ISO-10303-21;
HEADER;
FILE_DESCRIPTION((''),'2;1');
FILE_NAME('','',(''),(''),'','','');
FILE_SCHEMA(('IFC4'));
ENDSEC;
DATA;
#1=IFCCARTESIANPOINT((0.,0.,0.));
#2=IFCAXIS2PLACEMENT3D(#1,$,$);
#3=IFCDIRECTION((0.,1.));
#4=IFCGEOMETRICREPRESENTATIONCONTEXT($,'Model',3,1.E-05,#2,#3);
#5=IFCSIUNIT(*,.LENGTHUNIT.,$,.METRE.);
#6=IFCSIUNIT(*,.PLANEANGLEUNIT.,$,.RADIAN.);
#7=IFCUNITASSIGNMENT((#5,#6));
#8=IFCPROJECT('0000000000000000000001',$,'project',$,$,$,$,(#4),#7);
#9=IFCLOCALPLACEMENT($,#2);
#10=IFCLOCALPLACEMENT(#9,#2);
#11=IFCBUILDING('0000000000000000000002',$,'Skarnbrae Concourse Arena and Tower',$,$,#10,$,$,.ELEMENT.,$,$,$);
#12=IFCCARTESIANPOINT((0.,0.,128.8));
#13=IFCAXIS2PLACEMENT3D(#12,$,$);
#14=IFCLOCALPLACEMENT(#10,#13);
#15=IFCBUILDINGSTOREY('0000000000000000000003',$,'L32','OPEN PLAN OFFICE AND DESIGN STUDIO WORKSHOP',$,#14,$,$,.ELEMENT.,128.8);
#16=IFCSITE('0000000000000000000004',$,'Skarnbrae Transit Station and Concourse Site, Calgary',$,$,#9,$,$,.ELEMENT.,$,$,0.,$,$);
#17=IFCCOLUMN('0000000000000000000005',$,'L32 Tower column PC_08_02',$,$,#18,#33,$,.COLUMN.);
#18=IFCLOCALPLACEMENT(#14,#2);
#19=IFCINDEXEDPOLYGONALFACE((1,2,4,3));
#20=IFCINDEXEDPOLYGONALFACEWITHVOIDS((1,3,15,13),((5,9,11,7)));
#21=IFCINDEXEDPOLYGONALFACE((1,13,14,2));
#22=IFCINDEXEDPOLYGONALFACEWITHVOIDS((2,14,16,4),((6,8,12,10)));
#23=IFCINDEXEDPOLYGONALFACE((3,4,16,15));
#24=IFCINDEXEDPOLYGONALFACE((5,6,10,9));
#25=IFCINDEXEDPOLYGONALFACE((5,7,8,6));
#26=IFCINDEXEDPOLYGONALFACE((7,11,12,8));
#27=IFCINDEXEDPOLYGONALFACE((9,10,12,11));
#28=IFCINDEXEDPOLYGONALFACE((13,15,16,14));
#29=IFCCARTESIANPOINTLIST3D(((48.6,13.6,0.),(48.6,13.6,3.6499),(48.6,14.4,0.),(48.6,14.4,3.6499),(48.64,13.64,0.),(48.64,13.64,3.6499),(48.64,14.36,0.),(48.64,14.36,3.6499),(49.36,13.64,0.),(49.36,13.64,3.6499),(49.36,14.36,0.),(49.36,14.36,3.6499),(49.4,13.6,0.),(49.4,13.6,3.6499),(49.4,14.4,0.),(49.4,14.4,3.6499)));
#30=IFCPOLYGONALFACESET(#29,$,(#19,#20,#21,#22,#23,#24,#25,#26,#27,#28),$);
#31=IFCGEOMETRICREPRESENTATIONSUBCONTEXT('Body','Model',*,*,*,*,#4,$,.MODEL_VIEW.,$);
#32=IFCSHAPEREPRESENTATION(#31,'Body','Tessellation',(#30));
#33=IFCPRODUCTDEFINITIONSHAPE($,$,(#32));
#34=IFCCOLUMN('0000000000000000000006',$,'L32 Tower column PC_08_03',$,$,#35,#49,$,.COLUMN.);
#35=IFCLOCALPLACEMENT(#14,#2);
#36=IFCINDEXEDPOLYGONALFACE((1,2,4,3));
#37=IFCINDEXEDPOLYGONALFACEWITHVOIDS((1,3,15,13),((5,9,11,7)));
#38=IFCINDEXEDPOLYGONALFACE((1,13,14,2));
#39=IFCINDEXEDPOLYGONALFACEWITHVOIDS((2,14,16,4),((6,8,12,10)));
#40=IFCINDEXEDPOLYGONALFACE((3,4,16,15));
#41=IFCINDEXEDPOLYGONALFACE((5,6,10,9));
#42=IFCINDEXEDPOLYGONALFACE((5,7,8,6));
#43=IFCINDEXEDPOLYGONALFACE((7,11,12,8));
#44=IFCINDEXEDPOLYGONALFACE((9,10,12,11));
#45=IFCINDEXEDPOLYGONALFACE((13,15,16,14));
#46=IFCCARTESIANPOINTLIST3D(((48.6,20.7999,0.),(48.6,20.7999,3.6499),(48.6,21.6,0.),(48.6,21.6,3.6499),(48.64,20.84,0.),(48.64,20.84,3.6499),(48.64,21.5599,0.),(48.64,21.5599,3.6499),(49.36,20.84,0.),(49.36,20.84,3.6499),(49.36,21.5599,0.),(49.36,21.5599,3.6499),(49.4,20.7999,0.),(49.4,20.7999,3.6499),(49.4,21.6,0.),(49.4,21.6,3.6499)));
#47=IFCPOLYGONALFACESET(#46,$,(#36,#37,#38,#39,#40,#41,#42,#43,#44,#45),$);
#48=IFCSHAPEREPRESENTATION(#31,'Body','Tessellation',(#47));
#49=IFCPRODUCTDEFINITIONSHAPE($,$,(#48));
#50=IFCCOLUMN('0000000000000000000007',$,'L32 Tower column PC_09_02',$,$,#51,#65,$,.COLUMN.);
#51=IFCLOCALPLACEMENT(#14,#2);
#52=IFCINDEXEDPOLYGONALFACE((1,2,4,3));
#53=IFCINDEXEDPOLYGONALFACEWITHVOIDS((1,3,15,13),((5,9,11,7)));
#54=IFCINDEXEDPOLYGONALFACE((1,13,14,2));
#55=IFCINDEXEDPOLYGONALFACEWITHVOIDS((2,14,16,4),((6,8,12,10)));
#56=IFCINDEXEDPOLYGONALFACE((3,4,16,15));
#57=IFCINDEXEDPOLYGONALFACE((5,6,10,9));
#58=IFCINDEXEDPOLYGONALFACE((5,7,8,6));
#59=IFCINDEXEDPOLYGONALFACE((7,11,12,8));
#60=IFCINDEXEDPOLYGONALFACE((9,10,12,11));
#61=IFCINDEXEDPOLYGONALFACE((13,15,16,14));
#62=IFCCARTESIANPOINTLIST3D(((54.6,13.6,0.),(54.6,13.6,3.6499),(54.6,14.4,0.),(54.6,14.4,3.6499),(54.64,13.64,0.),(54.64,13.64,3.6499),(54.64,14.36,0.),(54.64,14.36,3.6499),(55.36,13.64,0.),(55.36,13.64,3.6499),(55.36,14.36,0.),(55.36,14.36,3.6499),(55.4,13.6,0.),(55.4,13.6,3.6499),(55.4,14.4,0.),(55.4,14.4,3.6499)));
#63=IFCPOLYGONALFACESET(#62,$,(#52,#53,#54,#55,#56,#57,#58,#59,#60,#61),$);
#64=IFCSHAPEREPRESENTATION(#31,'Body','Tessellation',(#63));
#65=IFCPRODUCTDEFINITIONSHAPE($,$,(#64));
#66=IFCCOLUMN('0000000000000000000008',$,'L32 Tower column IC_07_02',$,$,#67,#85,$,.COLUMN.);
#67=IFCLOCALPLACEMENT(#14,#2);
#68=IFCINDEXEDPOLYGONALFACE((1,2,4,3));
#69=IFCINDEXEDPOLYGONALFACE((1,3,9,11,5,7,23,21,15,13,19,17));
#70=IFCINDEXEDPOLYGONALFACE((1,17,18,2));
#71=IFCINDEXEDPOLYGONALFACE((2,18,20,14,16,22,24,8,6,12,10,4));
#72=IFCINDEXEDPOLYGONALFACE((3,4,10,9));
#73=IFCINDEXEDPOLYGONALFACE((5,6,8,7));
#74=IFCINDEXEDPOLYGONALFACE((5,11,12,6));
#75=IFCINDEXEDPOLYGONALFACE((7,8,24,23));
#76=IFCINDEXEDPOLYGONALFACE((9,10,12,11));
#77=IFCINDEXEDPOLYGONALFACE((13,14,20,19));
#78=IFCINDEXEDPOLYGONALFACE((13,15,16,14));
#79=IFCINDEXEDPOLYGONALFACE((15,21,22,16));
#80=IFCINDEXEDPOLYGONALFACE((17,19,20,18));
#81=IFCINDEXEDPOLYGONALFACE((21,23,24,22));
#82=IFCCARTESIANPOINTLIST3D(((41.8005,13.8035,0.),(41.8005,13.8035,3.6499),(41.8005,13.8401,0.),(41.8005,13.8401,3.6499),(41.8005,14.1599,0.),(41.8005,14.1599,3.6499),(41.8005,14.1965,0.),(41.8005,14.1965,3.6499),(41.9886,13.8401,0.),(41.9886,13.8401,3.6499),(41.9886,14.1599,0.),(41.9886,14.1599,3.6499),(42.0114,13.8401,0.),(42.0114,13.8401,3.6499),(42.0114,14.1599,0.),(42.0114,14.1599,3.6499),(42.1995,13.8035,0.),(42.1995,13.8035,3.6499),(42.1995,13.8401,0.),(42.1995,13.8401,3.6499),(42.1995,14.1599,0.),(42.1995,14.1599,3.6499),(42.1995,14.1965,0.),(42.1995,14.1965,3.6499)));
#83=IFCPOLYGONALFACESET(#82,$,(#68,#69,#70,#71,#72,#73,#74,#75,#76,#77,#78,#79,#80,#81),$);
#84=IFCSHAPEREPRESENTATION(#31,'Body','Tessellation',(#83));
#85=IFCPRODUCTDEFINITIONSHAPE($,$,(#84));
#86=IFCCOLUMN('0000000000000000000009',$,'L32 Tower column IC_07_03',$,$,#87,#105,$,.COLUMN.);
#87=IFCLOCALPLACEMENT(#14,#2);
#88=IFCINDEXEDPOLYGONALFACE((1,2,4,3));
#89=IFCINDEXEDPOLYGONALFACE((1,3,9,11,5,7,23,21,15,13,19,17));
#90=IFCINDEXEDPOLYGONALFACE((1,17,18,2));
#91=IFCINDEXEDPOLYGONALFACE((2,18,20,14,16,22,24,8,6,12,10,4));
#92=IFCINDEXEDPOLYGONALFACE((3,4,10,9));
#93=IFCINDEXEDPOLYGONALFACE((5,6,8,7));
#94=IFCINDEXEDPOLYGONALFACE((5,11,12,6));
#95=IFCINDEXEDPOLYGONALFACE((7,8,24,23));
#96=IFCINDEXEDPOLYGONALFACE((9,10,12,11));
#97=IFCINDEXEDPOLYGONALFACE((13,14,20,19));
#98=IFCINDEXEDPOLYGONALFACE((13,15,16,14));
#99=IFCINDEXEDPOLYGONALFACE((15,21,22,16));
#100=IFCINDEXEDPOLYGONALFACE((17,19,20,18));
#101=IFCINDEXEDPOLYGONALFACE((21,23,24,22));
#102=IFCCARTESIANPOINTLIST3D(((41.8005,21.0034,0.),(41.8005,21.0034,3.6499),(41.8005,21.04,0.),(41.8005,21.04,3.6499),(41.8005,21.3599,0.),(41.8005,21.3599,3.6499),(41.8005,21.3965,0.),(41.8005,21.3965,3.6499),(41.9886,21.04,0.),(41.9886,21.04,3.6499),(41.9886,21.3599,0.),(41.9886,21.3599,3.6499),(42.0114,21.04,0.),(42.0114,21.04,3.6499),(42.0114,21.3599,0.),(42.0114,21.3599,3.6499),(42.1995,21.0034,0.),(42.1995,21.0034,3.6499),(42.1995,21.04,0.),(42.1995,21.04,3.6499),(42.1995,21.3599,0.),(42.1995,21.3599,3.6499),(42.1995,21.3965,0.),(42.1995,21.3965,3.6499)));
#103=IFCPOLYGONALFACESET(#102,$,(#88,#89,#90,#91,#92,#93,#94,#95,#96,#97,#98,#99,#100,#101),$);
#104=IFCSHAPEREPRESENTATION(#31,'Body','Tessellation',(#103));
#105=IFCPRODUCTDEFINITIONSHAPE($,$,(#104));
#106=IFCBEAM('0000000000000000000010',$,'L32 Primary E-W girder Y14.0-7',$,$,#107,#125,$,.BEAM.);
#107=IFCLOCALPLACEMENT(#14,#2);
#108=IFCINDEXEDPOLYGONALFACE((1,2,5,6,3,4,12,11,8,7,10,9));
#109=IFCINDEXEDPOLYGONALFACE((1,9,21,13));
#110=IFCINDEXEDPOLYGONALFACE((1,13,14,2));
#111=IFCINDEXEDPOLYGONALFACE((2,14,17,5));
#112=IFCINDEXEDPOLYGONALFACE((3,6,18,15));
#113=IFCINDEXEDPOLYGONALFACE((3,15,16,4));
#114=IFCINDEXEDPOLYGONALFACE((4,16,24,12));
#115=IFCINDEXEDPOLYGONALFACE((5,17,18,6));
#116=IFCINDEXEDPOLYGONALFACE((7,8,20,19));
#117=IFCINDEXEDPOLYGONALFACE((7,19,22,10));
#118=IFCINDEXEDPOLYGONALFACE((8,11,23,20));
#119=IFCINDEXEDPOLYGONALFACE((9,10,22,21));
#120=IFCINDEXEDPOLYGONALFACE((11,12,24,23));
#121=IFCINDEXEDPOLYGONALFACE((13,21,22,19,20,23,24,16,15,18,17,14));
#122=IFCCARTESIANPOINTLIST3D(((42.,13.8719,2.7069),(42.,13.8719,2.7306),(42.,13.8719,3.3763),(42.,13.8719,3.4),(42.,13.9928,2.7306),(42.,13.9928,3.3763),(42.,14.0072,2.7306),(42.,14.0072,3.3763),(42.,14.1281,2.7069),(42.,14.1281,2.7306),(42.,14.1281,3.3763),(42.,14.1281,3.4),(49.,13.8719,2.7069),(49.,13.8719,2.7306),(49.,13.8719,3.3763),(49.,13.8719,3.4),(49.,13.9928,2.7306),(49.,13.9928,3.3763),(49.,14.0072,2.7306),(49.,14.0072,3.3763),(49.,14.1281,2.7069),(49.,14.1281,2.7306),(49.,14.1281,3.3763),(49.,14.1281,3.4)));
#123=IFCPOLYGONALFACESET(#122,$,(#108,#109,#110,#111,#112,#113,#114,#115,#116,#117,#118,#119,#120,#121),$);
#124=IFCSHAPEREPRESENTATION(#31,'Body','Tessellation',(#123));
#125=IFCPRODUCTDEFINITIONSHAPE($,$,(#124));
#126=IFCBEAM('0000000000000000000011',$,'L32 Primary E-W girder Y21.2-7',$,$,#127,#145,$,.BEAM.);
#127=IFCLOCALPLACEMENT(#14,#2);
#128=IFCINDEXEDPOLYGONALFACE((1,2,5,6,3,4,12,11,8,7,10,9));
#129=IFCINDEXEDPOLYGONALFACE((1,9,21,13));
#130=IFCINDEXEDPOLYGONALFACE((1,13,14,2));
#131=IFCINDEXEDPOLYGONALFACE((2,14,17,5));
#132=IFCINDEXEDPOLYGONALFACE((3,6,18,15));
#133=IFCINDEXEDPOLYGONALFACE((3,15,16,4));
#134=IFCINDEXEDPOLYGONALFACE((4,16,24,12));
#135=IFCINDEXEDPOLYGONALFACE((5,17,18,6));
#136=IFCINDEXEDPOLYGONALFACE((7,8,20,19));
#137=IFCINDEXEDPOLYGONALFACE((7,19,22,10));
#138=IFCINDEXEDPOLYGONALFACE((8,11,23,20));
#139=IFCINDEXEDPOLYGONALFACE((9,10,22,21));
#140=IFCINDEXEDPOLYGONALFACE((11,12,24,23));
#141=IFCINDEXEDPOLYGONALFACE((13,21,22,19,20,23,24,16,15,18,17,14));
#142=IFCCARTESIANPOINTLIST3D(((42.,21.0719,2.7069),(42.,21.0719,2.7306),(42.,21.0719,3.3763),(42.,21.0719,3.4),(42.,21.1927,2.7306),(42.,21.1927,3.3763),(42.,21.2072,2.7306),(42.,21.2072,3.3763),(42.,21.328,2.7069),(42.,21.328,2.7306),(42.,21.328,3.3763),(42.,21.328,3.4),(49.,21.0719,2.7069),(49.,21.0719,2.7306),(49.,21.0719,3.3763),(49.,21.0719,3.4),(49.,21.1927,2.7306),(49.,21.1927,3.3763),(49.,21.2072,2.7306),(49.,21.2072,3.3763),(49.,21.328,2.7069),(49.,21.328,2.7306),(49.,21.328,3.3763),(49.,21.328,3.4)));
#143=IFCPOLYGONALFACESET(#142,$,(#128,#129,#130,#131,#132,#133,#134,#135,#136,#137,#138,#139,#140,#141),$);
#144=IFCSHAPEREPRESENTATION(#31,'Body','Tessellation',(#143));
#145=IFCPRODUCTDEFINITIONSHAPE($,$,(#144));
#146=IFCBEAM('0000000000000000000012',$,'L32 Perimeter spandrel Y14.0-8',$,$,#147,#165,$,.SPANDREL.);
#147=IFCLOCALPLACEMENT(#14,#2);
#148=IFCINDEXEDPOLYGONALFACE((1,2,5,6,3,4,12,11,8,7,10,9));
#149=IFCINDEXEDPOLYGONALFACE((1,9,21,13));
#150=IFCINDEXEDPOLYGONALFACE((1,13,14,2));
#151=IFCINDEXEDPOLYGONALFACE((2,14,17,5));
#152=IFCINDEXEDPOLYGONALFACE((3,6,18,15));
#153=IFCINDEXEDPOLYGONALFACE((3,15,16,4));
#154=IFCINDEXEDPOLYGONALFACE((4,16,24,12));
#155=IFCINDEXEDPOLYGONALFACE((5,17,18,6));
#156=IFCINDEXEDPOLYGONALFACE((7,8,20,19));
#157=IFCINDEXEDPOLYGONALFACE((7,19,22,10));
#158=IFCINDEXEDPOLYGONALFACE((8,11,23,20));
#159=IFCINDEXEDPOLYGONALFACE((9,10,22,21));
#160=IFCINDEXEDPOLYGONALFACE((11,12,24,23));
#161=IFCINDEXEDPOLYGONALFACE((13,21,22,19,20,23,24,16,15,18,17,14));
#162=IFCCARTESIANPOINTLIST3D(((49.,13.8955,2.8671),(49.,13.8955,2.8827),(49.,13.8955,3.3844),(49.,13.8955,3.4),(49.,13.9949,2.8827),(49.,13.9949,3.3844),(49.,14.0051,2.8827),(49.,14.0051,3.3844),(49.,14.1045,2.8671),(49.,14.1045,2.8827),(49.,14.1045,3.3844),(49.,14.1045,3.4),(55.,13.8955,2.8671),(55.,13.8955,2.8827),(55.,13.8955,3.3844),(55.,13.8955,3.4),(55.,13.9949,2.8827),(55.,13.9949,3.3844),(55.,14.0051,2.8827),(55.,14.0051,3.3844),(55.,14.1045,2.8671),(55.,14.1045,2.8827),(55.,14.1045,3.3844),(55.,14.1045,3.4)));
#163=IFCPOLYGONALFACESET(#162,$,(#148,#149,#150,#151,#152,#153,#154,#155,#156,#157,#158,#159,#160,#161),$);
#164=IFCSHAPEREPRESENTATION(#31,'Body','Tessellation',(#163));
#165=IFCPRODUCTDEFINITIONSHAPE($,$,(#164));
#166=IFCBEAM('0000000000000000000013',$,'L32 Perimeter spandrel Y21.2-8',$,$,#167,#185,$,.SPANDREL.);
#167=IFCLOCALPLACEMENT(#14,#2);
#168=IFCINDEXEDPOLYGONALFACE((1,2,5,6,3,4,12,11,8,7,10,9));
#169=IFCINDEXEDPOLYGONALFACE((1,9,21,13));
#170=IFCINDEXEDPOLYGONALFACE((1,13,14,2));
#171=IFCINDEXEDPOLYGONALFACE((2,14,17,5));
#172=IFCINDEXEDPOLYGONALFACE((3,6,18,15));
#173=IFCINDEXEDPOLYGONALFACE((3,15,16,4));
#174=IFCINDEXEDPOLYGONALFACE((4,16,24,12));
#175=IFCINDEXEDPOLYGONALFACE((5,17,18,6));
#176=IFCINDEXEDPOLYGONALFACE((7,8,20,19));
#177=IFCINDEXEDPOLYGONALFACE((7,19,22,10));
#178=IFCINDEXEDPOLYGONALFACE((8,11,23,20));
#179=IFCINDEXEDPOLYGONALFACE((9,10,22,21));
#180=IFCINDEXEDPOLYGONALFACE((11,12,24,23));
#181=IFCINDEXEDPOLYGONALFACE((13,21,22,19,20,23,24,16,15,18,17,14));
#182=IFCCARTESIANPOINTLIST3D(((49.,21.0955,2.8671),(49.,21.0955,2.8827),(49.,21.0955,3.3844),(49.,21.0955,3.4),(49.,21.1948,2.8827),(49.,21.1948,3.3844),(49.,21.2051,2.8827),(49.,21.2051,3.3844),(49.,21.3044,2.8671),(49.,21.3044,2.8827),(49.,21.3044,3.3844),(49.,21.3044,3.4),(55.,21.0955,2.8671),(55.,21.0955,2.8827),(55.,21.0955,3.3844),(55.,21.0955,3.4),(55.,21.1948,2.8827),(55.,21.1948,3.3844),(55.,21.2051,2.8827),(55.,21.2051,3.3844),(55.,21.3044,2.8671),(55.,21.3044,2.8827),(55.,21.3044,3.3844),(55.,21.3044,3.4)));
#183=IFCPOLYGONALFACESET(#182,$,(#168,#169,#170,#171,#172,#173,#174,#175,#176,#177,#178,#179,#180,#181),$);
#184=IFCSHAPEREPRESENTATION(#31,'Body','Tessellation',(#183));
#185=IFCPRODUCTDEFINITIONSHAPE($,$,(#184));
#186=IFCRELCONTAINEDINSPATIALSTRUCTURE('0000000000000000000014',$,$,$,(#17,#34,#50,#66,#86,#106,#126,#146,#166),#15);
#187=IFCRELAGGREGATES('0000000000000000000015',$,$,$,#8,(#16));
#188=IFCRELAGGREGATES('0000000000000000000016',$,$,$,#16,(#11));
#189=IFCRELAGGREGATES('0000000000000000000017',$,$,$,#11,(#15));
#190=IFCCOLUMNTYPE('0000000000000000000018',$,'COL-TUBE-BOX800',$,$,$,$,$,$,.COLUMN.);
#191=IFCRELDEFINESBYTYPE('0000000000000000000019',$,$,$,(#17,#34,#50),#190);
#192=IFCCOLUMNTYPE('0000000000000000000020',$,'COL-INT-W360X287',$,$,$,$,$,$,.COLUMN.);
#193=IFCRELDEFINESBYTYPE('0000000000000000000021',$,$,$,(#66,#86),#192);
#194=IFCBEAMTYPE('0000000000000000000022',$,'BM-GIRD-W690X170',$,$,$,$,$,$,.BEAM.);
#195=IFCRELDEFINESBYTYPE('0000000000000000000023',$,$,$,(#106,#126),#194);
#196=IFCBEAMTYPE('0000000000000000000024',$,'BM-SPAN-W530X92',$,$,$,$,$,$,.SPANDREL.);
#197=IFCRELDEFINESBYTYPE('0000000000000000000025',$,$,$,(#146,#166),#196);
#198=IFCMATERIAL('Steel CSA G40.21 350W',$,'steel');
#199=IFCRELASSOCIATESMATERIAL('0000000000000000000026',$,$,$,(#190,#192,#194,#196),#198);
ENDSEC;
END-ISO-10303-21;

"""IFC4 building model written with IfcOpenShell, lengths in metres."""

from ifc_helpers import new_model, si_unit, direction, frame, origin, origin_2d, place, context, subcontext, project, spatial, hollow_rectangle, i_section, extrude, source, transform, mapped, material, material_profile, profile_set, type_object, element, save


model = new_model("IFC4")

# Units and contexts
model_context = context("Model", 3, precision=1e-05, world=origin(), true_north=direction((0.0, 1.0)))
body_context = subcontext(model_context, "Body", "Model", "MODEL_VIEW")
ifc_project = project(units=[si_unit("LENGTHUNIT", "METRE"), si_unit("PLANEANGLEUNIT", "RADIAN")], contexts=[model_context])

# Site, building, storey
site_placement = place(None, origin())
site = spatial("IfcSite", under=ifc_project, at=site_placement, Name="Skarnbrae Transit Station and Concourse Site, Calgary", CompositionType="ELEMENT", RefElevation=0.0)
building_placement = place(site_placement, origin())
building = spatial("IfcBuilding", under=site, at=building_placement, Name="Skarnbrae Concourse Arena and Tower", CompositionType="ELEMENT")
storey_placement = place(building_placement, frame((0.0, 0.0, 128.8)))
storey = spatial("IfcBuildingStorey", under=building, at=storey_placement, Name="L32", Description="OPEN PLAN OFFICE AND DESIGN STUDIO WORKSHOP", CompositionType="ELEMENT", Elevation=128.8)

# Columns
ifc_material_1 = material(Name="Steel CSA G40.21 350W", Category="steel")
ifc_material_profile_1 = material_profile(ifc_material_1, hollow_rectangle(XDim=0.8, YDim=0.8, WallThickness=0.04, at=origin_2d()), Name="BOX800X800X40")
ifc_profile_set_1 = profile_set([ifc_material_profile_1], Name="Steel CSA G40.21 350W")
column_type_1 = type_object("IfcColumnType", Name="COL-TUBE-BOX800", PredefinedType="COLUMN", material=ifc_profile_set_1)
shared_shape_1 = source(origin(), body_context, "Body", "SweptSolid", [
    extrude(hollow_rectangle(XDim=0.8, YDim=0.8, WallThickness=0.04, at=origin_2d()), origin(), (0.0, 0.0, 1.0), 3.6499),
])
for number, where, z_axis, x_axis, name in (
    (1, (49.0, 14.0, 0.0), (0.0, 0.0, 1.0), (1.0, 0.0, 0.0), "L32 Tower column PC_08_02"),
    (2, (49.0, 21.2, 0.0), (0.0, 0.0, 1.0), (1.0, 0.0, 0.0), "L32 Tower column PC_08_03"),
    (3, (55.0, 14.0, 0.0), (0.0, 0.0, 1.0), (1.0, 0.0, 0.0), "L32 Tower column PC_09_02"),
):
    element("IfcColumn", number, at=place(storey_placement, frame(where, z_axis=z_axis, x_axis=x_axis)), inside=storey, type_object=column_type_1, Name=name, PredefinedType="COLUMN", context=body_context, shape_type="MappedRepresentation", body=[
        mapped(shared_shape_1, transform((0.0, 0.0, 0.0))),
    ])
ifc_material_profile_2 = material_profile(ifc_material_1, i_section(OverallWidth=0.3989, OverallDepth=0.3931, WebThickness=0.0227, FlangeThickness=0.0366, at=origin_2d()), Name="W360X287")
ifc_profile_set_2 = profile_set([ifc_material_profile_2], Name="Steel CSA G40.21 350W")
column_type_2 = type_object("IfcColumnType", Name="COL-INT-W360X287", PredefinedType="COLUMN", material=ifc_profile_set_2)
shared_shape_2 = source(origin(), body_context, "Body", "SweptSolid", [
    extrude(i_section(OverallWidth=0.3989, OverallDepth=0.3931, WebThickness=0.0227, FlangeThickness=0.0366, at=origin_2d()), origin(), (0.0, 0.0, 1.0), 3.6499),
])
for number, where, z_axis, x_axis, name in (
    (4, (42.0, 14.0, 0.0), (0.0, 0.0, 1.0), (1.0, 0.0, 0.0), "L32 Tower column IC_07_02"),
    (5, (42.0, 21.2, 0.0), (0.0, 0.0, 1.0), (1.0, 0.0, 0.0), "L32 Tower column IC_07_03"),
):
    element("IfcColumn", number, at=place(storey_placement, frame(where, z_axis=z_axis, x_axis=x_axis)), inside=storey, type_object=column_type_2, Name=name, PredefinedType="COLUMN", context=body_context, shape_type="MappedRepresentation", body=[
        mapped(shared_shape_2, transform((0.0, 0.0, 0.0))),
    ])

# Beams
ifc_material_profile_3 = material_profile(ifc_material_1, i_section(OverallWidth=0.2561, OverallDepth=0.6931, WebThickness=0.0144, FlangeThickness=0.0237, at=origin_2d()), Name="W690X170")
ifc_profile_set_3 = profile_set([ifc_material_profile_3], Name="Steel CSA G40.21 350W")
beam_type_1 = type_object("IfcBeamType", Name="BM-GIRD-W690X170", PredefinedType="BEAM", material=ifc_profile_set_3)
shared_shape_3 = source(origin(), body_context, "Body", "SweptSolid", [
    extrude(i_section(OverallWidth=0.2561, OverallDepth=0.6931, WebThickness=0.0144, FlangeThickness=0.0237, at=origin_2d()), origin(), (0.0, 0.0, 1.0), 7.0),
])
for number, where, z_axis, x_axis, name in (
    (6, (42.0, 14.0, 3.0535), (1.0, 0.0, 0.0), (0.0, 1.0, 0.0), "L32 Primary E-W girder Y14.0-7"),
    (7, (42.0, 21.2, 3.0535), (1.0, 0.0, 0.0), (0.0, 1.0, 0.0), "L32 Primary E-W girder Y21.2-7"),
):
    element("IfcBeam", number, at=place(storey_placement, frame(where, z_axis=z_axis, x_axis=x_axis)), inside=storey, type_object=beam_type_1, Name=name, PredefinedType="BEAM", context=body_context, shape_type="MappedRepresentation", body=[
        mapped(shared_shape_3, transform((0.0, 0.0, 0.0))),
    ])
ifc_material_profile_4 = material_profile(ifc_material_1, i_section(OverallWidth=0.209, OverallDepth=0.533, WebThickness=0.0103, FlangeThickness=0.0156, at=origin_2d()), Name="W530X92")
ifc_profile_set_4 = profile_set([ifc_material_profile_4], Name="Steel CSA G40.21 350W")
beam_type_2 = type_object("IfcBeamType", Name="BM-SPAN-W530X92", PredefinedType="SPANDREL", material=ifc_profile_set_4)
shared_shape_4 = source(origin(), body_context, "Body", "SweptSolid", [
    extrude(i_section(OverallWidth=0.209, OverallDepth=0.533, WebThickness=0.0103, FlangeThickness=0.0156, at=origin_2d()), origin(), (0.0, 0.0, 1.0), 6.0),
])
for number, where, z_axis, x_axis, name in (
    (8, (49.0, 14.0, 3.1335), (1.0, 0.0, 0.0), (0.0, 1.0, 0.0), "L32 Perimeter spandrel Y14.0-8"),
    (9, (49.0, 21.2, 3.1335), (1.0, 0.0, 0.0), (0.0, 1.0, 0.0), "L32 Perimeter spandrel Y21.2-8"),
):
    element("IfcBeam", number, at=place(storey_placement, frame(where, z_axis=z_axis, x_axis=x_axis)), inside=storey, type_object=beam_type_2, Name=name, PredefinedType="SPANDREL", context=body_context, shape_type="MappedRepresentation", body=[
        mapped(shared_shape_4, transform((0.0, 0.0, 0.0))),
    ])

save(model, "model.ifc")
